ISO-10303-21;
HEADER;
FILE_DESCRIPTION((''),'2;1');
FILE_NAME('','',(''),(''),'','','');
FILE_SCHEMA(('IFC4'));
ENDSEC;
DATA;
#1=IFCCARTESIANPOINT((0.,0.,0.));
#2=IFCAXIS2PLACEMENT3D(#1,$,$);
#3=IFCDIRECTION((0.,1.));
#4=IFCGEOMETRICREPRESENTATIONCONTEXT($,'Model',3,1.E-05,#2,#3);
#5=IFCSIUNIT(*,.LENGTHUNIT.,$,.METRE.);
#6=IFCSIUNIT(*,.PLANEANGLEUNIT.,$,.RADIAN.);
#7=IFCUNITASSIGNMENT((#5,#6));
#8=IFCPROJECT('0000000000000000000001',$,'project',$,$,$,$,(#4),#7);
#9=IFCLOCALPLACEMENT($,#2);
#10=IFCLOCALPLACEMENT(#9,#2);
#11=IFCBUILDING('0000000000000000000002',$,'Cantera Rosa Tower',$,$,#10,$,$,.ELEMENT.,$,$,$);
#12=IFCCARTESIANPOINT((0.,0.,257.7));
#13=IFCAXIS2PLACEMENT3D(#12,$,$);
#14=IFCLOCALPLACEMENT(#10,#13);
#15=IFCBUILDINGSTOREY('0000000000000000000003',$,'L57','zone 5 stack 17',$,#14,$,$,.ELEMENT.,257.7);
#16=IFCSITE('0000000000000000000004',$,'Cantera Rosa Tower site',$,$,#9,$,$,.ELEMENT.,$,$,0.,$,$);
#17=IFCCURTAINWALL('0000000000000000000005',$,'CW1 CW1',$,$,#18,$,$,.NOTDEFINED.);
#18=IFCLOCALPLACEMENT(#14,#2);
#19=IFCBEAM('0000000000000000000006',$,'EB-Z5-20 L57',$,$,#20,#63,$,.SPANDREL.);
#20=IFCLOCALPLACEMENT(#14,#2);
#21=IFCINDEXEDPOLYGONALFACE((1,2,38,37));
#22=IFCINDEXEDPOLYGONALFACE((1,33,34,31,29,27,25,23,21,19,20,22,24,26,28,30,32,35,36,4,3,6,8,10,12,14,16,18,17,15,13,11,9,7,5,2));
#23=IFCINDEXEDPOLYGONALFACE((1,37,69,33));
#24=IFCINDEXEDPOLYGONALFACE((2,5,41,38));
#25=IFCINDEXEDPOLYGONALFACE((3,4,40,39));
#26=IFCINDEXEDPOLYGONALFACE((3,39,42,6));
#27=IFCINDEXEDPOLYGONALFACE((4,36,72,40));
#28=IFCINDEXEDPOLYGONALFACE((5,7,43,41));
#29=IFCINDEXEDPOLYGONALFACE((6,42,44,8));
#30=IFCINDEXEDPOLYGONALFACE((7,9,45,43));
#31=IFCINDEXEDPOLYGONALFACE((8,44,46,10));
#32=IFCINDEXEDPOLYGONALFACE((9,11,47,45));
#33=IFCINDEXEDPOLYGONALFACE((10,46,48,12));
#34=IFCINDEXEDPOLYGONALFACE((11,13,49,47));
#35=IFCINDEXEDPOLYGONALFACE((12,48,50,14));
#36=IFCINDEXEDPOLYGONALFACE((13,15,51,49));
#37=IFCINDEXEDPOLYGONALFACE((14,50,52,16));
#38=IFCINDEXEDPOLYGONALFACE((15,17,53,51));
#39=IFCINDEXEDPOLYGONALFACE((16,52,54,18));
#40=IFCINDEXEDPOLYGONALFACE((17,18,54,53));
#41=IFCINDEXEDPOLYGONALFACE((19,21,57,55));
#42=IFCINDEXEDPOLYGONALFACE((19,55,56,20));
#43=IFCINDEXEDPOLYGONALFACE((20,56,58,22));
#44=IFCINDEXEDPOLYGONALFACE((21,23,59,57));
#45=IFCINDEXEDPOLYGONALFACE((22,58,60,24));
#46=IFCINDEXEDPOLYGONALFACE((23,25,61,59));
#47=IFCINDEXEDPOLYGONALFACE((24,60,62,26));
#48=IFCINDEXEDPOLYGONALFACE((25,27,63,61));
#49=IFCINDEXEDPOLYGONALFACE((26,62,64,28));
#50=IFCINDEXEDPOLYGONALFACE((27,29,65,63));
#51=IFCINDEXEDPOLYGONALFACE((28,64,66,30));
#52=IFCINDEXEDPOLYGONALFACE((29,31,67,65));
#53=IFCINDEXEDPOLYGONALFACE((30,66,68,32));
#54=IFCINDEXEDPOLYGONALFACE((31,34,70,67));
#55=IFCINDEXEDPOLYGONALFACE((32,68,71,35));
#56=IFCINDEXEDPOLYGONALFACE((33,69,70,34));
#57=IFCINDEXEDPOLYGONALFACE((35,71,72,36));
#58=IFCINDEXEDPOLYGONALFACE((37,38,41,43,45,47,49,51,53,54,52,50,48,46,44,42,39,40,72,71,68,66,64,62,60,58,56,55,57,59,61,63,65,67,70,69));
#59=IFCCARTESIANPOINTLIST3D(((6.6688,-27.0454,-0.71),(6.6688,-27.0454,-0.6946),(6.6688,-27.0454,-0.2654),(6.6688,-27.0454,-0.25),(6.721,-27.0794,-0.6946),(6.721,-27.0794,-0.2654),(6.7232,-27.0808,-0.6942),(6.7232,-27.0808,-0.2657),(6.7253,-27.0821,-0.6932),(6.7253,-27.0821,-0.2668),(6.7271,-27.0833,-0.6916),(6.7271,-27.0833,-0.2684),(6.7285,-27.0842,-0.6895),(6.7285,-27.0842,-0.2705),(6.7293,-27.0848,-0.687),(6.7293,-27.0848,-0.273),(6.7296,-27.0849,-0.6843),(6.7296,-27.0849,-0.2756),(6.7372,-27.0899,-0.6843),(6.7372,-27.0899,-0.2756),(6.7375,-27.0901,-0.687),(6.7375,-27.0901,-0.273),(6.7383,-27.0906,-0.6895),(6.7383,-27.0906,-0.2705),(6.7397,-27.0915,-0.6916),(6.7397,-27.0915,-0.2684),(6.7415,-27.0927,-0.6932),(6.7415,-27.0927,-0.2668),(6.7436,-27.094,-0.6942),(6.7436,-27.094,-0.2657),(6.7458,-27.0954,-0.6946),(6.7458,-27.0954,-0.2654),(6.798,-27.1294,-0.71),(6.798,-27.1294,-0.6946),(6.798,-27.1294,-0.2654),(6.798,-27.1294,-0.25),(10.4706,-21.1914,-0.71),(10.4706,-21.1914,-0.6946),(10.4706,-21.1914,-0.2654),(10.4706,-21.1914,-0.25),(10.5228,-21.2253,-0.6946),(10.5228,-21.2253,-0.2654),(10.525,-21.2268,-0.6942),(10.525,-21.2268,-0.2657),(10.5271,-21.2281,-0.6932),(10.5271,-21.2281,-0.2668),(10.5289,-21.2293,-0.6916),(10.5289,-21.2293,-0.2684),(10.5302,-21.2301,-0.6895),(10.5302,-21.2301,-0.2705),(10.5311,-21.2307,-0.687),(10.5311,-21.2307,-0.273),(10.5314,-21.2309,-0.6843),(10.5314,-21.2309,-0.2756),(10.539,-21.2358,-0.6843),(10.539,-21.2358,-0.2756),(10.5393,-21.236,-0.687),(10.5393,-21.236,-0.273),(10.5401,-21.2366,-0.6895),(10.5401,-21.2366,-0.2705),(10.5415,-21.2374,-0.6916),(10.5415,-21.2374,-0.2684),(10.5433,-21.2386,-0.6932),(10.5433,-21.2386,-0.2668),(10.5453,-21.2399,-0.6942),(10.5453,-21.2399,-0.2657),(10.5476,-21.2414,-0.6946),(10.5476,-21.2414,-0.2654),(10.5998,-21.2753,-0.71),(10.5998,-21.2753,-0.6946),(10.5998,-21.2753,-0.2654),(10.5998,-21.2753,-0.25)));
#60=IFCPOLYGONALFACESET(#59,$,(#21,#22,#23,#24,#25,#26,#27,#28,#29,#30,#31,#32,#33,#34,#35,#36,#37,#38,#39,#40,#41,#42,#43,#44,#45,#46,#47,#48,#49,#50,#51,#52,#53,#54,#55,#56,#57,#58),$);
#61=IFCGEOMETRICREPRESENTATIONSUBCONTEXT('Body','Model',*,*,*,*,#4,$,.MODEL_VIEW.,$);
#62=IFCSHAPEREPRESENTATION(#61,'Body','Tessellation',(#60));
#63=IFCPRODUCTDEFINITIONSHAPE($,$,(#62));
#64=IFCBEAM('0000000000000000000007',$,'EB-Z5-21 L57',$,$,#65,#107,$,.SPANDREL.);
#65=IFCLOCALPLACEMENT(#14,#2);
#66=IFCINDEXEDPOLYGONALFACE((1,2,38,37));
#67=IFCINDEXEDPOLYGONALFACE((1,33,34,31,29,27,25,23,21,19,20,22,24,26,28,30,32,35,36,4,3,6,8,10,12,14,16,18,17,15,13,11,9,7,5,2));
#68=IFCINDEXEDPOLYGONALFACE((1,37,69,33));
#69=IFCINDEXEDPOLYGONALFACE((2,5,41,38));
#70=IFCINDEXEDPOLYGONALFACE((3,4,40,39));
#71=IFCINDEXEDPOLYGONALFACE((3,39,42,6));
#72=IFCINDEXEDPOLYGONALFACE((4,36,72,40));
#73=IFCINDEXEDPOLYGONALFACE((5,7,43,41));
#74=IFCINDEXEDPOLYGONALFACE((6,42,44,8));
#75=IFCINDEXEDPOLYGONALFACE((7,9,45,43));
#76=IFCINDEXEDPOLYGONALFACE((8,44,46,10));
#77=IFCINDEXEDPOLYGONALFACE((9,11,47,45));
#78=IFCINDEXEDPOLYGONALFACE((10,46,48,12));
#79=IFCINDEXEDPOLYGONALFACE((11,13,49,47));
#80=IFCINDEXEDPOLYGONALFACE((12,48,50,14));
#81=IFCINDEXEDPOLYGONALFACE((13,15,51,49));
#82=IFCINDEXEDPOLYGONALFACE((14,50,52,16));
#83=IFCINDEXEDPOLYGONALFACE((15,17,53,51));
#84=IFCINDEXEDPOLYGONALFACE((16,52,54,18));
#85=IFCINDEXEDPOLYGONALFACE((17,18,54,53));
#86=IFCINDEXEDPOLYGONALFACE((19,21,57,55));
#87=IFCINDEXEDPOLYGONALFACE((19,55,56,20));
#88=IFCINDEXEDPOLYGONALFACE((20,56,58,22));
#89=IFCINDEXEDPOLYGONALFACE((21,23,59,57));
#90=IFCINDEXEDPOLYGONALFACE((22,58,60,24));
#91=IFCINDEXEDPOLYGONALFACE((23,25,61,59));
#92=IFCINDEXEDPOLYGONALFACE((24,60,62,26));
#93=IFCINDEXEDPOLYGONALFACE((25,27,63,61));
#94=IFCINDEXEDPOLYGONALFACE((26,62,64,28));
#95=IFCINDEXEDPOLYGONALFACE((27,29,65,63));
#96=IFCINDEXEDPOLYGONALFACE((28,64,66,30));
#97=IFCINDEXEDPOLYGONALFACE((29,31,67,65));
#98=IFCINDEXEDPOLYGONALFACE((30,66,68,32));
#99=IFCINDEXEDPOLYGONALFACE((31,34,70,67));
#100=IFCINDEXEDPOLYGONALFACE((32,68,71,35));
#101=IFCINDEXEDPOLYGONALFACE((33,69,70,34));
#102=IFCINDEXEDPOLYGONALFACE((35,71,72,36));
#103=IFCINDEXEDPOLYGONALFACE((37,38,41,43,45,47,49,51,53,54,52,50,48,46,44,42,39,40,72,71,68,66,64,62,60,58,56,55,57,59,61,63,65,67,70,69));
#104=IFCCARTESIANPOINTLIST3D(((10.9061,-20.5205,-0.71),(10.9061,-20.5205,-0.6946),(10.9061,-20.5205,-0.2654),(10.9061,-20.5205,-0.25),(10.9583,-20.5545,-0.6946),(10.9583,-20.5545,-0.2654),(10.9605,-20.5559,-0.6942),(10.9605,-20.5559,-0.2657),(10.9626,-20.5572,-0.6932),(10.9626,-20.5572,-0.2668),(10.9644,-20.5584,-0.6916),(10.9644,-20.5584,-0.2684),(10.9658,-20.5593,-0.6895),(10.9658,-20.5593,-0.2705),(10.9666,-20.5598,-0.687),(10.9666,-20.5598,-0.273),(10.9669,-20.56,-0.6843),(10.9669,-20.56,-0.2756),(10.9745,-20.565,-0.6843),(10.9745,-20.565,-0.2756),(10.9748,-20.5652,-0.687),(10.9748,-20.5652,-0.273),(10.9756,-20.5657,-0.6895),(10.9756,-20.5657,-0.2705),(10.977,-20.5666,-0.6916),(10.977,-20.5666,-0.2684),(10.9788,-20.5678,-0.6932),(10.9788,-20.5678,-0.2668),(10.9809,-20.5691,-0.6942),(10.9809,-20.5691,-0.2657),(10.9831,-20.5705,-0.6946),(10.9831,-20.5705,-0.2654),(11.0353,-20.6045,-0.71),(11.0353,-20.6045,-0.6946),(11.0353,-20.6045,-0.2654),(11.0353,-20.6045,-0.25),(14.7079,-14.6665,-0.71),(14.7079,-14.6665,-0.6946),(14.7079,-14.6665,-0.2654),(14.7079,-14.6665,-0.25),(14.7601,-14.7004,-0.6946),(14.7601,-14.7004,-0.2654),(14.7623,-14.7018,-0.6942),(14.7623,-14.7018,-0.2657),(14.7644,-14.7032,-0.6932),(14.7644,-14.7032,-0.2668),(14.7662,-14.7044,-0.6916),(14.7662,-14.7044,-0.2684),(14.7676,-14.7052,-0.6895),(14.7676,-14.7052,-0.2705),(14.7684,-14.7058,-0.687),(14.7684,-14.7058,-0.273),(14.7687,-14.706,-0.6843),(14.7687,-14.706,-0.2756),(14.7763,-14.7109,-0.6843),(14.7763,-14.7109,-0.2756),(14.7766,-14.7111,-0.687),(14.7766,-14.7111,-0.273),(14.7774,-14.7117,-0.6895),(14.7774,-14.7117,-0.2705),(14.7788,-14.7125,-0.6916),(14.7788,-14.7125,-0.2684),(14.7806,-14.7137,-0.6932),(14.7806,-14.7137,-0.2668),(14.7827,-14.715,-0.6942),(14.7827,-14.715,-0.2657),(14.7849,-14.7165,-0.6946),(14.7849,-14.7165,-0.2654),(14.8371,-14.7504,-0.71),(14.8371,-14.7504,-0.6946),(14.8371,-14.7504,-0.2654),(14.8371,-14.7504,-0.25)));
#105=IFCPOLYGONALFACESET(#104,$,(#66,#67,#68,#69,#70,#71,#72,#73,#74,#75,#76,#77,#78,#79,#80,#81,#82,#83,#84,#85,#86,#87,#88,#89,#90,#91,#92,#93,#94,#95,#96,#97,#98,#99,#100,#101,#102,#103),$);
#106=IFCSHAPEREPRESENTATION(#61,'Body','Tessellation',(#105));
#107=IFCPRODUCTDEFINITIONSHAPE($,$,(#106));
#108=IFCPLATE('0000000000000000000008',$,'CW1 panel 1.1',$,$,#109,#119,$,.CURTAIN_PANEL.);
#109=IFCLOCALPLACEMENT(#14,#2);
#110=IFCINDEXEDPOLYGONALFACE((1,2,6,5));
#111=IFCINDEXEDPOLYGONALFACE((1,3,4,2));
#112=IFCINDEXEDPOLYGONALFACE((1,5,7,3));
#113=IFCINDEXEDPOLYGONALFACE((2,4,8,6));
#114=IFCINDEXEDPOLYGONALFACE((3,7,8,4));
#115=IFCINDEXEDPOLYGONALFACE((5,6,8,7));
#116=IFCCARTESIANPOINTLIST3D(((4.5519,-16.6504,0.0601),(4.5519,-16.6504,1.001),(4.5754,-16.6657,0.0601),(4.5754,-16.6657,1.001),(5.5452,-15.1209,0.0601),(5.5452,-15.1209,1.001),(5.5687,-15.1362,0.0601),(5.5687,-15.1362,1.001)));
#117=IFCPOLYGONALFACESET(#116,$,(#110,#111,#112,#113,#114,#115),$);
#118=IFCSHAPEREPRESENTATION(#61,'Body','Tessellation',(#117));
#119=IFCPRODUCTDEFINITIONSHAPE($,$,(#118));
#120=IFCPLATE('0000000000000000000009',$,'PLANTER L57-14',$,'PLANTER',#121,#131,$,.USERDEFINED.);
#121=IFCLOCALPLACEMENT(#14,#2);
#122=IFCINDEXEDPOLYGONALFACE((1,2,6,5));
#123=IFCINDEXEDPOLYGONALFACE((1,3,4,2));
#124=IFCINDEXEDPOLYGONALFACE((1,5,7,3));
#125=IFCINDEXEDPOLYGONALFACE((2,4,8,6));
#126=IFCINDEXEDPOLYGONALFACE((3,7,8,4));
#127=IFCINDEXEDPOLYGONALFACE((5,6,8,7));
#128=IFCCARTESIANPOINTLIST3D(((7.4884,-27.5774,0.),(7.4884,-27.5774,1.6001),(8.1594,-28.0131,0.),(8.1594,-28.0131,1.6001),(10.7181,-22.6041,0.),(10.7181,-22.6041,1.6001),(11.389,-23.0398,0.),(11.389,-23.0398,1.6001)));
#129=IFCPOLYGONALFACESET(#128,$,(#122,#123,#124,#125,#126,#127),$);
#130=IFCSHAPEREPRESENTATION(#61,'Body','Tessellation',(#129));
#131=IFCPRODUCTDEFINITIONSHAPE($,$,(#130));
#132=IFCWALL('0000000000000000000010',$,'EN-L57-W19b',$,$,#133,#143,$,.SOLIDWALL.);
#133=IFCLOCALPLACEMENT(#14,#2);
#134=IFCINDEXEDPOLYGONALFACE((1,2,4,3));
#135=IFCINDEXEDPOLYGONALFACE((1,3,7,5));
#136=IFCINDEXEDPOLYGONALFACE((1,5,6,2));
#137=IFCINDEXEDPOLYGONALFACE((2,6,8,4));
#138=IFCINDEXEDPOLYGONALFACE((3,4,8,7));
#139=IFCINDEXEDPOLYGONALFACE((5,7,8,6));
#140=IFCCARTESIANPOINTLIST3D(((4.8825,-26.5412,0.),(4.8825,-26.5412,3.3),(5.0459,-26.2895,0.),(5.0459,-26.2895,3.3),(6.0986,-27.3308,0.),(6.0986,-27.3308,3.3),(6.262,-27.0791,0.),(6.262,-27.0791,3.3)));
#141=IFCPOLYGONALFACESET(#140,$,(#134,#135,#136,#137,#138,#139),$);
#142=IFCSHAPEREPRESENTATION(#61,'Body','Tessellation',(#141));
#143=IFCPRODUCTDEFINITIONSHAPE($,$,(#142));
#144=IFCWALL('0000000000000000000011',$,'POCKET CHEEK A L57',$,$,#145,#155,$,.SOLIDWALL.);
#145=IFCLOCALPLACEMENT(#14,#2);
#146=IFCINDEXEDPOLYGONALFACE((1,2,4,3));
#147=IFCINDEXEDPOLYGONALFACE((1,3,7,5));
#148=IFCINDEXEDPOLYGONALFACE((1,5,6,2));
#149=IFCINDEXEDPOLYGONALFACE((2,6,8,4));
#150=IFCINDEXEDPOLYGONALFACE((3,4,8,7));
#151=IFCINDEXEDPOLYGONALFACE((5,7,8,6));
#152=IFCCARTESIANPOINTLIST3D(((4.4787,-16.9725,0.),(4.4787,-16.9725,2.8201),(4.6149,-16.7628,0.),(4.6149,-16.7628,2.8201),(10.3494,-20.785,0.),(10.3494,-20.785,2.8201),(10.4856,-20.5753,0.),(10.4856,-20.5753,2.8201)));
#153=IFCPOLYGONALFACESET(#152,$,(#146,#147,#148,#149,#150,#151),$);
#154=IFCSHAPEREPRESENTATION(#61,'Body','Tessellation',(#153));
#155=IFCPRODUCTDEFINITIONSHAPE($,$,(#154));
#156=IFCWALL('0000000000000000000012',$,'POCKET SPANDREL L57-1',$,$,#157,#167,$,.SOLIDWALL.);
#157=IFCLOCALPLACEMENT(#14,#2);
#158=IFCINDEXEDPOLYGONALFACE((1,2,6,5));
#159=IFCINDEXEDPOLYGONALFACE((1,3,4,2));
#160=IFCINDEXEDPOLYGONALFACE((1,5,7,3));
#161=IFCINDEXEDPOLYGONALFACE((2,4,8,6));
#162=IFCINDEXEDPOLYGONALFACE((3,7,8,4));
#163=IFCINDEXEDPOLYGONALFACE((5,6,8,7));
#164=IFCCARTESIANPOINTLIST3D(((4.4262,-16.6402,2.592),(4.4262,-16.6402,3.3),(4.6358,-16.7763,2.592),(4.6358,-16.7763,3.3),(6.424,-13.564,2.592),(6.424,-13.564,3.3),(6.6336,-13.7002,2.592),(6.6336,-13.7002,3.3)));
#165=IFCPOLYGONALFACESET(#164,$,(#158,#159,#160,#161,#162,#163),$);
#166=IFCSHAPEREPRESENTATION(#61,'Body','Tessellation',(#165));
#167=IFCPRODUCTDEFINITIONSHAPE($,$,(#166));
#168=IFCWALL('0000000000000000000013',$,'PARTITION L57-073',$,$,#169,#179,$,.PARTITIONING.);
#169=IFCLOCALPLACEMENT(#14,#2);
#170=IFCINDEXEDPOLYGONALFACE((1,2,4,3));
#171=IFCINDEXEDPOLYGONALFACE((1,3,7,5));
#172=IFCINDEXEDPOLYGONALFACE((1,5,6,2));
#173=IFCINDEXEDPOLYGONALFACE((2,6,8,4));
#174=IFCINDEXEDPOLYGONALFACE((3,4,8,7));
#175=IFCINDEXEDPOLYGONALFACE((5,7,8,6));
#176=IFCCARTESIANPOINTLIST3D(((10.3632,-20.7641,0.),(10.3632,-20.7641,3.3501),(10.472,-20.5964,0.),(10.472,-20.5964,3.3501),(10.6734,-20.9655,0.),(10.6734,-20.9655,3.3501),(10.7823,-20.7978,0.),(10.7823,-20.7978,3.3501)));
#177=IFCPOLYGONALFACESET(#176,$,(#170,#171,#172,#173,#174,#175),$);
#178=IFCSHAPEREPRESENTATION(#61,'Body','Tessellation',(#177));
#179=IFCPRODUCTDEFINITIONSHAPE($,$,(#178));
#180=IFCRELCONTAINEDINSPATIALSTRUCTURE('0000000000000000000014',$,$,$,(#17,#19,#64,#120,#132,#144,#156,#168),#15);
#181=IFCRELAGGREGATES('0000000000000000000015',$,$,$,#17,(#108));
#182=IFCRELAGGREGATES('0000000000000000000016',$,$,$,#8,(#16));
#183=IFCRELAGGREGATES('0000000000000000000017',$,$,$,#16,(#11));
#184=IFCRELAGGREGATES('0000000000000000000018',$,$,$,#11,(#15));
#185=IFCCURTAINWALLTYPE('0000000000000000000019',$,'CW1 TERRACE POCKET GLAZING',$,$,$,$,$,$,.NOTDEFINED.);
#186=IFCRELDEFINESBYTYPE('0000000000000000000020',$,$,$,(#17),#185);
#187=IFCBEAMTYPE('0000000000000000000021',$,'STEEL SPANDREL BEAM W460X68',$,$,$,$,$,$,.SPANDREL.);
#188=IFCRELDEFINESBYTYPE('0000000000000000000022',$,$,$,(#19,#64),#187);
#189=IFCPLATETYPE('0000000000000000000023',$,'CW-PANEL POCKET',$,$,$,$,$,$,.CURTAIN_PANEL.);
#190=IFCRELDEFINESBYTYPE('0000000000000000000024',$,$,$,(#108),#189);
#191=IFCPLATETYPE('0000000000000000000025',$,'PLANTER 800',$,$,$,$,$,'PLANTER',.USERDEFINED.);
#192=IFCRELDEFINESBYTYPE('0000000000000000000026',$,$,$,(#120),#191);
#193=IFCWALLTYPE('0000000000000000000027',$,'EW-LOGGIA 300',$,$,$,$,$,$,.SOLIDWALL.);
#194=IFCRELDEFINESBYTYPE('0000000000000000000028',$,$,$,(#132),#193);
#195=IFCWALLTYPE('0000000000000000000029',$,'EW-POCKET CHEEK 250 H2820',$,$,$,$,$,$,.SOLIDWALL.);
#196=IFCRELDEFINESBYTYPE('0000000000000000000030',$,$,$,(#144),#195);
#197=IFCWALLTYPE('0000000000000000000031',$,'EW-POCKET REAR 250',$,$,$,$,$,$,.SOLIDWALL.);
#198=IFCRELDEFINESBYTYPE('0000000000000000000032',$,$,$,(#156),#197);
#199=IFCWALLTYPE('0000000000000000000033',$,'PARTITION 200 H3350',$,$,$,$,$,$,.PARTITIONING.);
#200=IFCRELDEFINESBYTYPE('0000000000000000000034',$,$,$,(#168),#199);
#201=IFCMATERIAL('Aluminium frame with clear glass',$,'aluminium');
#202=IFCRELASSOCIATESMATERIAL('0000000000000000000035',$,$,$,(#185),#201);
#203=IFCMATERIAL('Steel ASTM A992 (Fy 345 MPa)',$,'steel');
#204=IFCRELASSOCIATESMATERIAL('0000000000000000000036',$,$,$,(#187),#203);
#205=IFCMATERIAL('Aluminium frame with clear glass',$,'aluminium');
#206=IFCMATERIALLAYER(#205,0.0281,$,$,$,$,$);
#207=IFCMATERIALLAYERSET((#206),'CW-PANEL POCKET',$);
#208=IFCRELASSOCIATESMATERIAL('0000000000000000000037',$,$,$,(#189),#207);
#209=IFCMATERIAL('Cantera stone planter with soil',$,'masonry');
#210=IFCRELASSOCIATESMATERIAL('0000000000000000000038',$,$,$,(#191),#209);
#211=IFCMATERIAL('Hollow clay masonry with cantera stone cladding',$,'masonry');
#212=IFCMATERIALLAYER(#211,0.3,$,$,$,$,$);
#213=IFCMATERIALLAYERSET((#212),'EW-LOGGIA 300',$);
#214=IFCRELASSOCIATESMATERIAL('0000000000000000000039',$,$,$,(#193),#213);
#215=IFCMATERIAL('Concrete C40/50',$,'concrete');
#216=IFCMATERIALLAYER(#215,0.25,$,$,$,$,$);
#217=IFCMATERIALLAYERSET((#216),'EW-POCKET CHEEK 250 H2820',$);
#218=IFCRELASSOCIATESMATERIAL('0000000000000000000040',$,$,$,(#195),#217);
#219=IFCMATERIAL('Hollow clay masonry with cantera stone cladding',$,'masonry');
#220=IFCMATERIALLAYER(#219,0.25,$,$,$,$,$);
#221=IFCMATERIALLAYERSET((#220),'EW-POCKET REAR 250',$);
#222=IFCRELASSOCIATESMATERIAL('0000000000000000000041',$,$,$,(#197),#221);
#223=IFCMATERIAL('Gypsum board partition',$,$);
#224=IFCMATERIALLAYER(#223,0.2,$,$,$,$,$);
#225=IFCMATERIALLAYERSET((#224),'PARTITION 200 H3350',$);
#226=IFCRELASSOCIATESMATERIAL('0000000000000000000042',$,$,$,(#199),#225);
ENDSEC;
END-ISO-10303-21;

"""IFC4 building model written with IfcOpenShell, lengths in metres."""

from ifc_helpers import new_model, si_unit, direction, frame, frame_2d, origin, origin_2d, place, context, subcontext, project, spatial, rectangle, i_section, extrude, material, layer, layer_set, material_profile, profile_set, type_object, element, aggregate, save


model = new_model("IFC4")

# Units and contexts
model_context = context("Model", 3, precision=1e-05, world=origin(), true_north=direction((0.0, 1.0)))
body_context = subcontext(model_context, "Body", "Model", "MODEL_VIEW")
ifc_project = project(units=[si_unit("LENGTHUNIT", "METRE"), si_unit("PLANEANGLEUNIT", "RADIAN")], contexts=[model_context])

# Site, building, storey
site_placement = place(None, origin())
site = spatial("IfcSite", under=ifc_project, at=site_placement, Name="Cantera Rosa Tower site", CompositionType="ELEMENT", RefElevation=0.0)
building_placement = place(site_placement, origin())
building = spatial("IfcBuilding", under=site, at=building_placement, Name="Cantera Rosa Tower", CompositionType="ELEMENT")
storey_placement = place(building_placement, frame((0.0, 0.0, 257.7)))
storey = spatial("IfcBuildingStorey", under=building, at=storey_placement, Name="L57", Description="zone 5 stack 17", CompositionType="ELEMENT", Elevation=257.7)

# Curtain wall
ifc_material_1 = material(Name="Aluminium frame with clear glass", Category="aluminium")
curtain_wall_type = type_object("IfcCurtainWallType", Name="CW1 TERRACE POCKET GLAZING", PredefinedType="NOTDEFINED", material=ifc_material_1)
curtain_wall_placement = place(storey_placement, origin())
curtain_wall = element("IfcCurtainWall", 1, at=curtain_wall_placement, inside=storey, type_object=curtain_wall_type, Name="CW1 CW1", PredefinedType="NOTDEFINED")

# Beams
ifc_material_2 = material(Name="Steel ASTM A992 (Fy 345 MPa)", Category="steel")
ifc_material_profile_1 = material_profile(ifc_material_2, i_section(OverallWidth=0.1541, OverallDepth=0.46, WebThickness=0.009, FlangeThickness=0.0154, FilletRadius=0.0103, at=origin_2d()), Name="W460X68")
ifc_profile_set_1 = profile_set([ifc_material_profile_1], Name="Steel ASTM A992 (Fy 345 MPa)")
beam_type_1 = type_object("IfcBeamType", Name="STEEL SPANDREL BEAM W460X68", PredefinedType="SPANDREL", material=ifc_profile_set_1)
for number, where, z_axis, x_axis, name in (
    (2, (6.7334, -27.0874, -0.48), (0.544651, 0.838663, 0.0), (-0.838663, 0.544651, 0.0), "EB-Z5-20 L57"),
    (3, (10.9707, -20.5625, -0.48), (0.544651, 0.838663, 0.0), (-0.838663, 0.544651, 0.0), "EB-Z5-21 L57"),
):
    element("IfcBeam", number, at=place(storey_placement, frame(where, z_axis=z_axis, x_axis=x_axis)), inside=storey, type_object=beam_type_1, Name=name, PredefinedType="SPANDREL", context=body_context, shape_type="SweptSolid", body=[
        extrude(i_section(OverallWidth=0.1541, OverallDepth=0.46, WebThickness=0.009, FlangeThickness=0.0154, FilletRadius=0.0103, at=origin_2d()), origin(), (0.0, 0.0, 1.0), 6.9802),
    ])

# Plates
ifc_material_3 = material(Name="Aluminium frame with clear glass", Category="aluminium")
ifc_layer_1 = layer(ifc_material_3, 0.0281)
ifc_layer_set_1 = layer_set([ifc_layer_1], Name="CW-PANEL POCKET")
plate_type_1 = type_object("IfcPlateType", Name="CW-PANEL POCKET", PredefinedType="CURTAIN_PANEL", material=ifc_layer_set_1)
plate_1_placement = place(storey_placement, frame((5.0603, -15.8933, 0.0601), z_axis=(0.0, 0.0, 1.0), x_axis=(0.544639, 0.838671, 0.0)))
plate_1 = element("IfcPlate", 4, at=plate_1_placement, type_object=plate_type_1, Name="CW1 panel 1.1", PredefinedType="CURTAIN_PANEL", context=body_context, shape_type="SweptSolid", body=[
    extrude(rectangle(XDim=1.8237, YDim=0.0281, at=origin_2d()), origin(), (0.0, 0.0, 1.0), 0.9409),
])
aggregate(curtain_wall, [plate_1])
ifc_material_4 = material(Name="Cantera stone planter with soil", Category="masonry")
plate_type_2 = type_object("IfcPlateType", Name="PLANTER 800", ElementType="PLANTER", PredefinedType="USERDEFINED", material=ifc_material_4)
plate_2_placement = place(storey_placement, frame((9.4387, -25.3086, 0.0), z_axis=(0.0, 0.0, 1.0), x_axis=(0.544639, 0.838671, 0.0)))
element("IfcPlate", 5, at=plate_2_placement, inside=storey, type_object=plate_type_2, Name="PLANTER L57-14", ObjectType="PLANTER", PredefinedType="USERDEFINED", context=body_context, shape_type="SweptSolid", body=[
    extrude(rectangle(XDim=5.9299, YDim=0.8, at=origin_2d()), origin(), (0.0, 0.0, 1.0), 1.6001),
])

# Wall
ifc_material_5 = material(Name="Hollow clay masonry with cantera stone cladding", Category="masonry")
ifc_layer_2 = layer(ifc_material_5, 0.3)
ifc_layer_set_2 = layer_set([ifc_layer_2], Name="EW-LOGGIA 300")
wall_type_1 = type_object("IfcWallType", Name="EW-LOGGIA 300", PredefinedType="SOLIDWALL", material=ifc_layer_set_2)
wall_1_placement = place(storey_placement, frame((4.9641, -26.4153, 0.0), z_axis=(0.0, 0.0, 1.0), x_axis=(0.838724, -0.544556, 0.0)))
element("IfcWall", 6, at=wall_1_placement, inside=storey, type_object=wall_type_1, Name="EN-L57-W19b", PredefinedType="SOLIDWALL", context=body_context, shape_type="SweptSolid", body=[
    extrude(rectangle(XDim=1.45, YDim=0.3, at=frame_2d((0.7251, 0.0))), origin(), (0.0, 0.0, 1.0), 3.3),
])

# Walls
ifc_material_6 = material(Name="Concrete C40/50", Category="concrete")
ifc_layer_3 = layer(ifc_material_6, 0.25)
ifc_layer_set_3 = layer_set([ifc_layer_3], Name="EW-POCKET CHEEK 250 H2820")
wall_type_2 = type_object("IfcWallType", Name="EW-POCKET CHEEK 250 H2820", PredefinedType="SOLIDWALL", material=ifc_layer_set_3)
wall_2_placement = place(storey_placement, frame((10.4175, -20.6802, 0.0), z_axis=(0.0, 0.0, 1.0), x_axis=(-0.838665, 0.544647, 0.0)))
element("IfcWall", 7, at=wall_2_placement, inside=storey, type_object=wall_type_2, Name="POCKET CHEEK A L57", PredefinedType="SOLIDWALL", context=body_context, shape_type="SweptSolid", body=[
    extrude(rectangle(XDim=7.0, YDim=0.25, at=frame_2d((3.5, 0.0))), origin(), (0.0, 0.0, 1.0), 2.8201),
])
ifc_material_7 = material(Name="Hollow clay masonry with cantera stone cladding", Category="masonry")
ifc_layer_4 = layer(ifc_material_7, 0.25)
ifc_layer_set_4 = layer_set([ifc_layer_4], Name="EW-POCKET REAR 250")
wall_type_3 = type_object("IfcWallType", Name="EW-POCKET REAR 250", PredefinedType="SOLIDWALL", material=ifc_layer_set_4)
wall_3_placement = place(storey_placement, frame((4.531, -16.7083, 2.592), z_axis=(0.0, 0.0, 1.0), x_axis=(0.544661, 0.838656, 0.0)))
element("IfcWall", 8, at=wall_3_placement, inside=storey, type_object=wall_type_3, Name="POCKET SPANDREL L57-1", PredefinedType="SOLIDWALL", context=body_context, shape_type="SweptSolid", body=[
    extrude(rectangle(XDim=3.668, YDim=0.25, at=frame_2d((1.834, 0.0))), origin(), (0.0, 0.0, 1.0), 0.708),
])
ifc_material_8 = material(Name="Gypsum board partition")
ifc_layer_5 = layer(ifc_material_8, 0.2)
ifc_layer_set_5 = layer_set([ifc_layer_5], Name="PARTITION 200 H3350")
wall_type_4 = type_object("IfcWallType", Name="PARTITION 200 H3350", PredefinedType="PARTITIONING", material=ifc_layer_set_5)
wall_4_placement = place(storey_placement, frame((10.4175, -20.6802, 0.0), z_axis=(0.0, 0.0, 1.0), x_axis=(0.83879, -0.544455, 0.0)))
element("IfcWall", 9, at=wall_4_placement, inside=storey, type_object=wall_type_4, Name="PARTITION L57-073", PredefinedType="PARTITIONING", context=body_context, shape_type="SweptSolid", body=[
    extrude(rectangle(XDim=0.3699, YDim=0.2, at=frame_2d((0.1851, 0.0))), origin(), (0.0, 0.0, 1.0), 3.3501),
])

save(model, "model.ifc")
